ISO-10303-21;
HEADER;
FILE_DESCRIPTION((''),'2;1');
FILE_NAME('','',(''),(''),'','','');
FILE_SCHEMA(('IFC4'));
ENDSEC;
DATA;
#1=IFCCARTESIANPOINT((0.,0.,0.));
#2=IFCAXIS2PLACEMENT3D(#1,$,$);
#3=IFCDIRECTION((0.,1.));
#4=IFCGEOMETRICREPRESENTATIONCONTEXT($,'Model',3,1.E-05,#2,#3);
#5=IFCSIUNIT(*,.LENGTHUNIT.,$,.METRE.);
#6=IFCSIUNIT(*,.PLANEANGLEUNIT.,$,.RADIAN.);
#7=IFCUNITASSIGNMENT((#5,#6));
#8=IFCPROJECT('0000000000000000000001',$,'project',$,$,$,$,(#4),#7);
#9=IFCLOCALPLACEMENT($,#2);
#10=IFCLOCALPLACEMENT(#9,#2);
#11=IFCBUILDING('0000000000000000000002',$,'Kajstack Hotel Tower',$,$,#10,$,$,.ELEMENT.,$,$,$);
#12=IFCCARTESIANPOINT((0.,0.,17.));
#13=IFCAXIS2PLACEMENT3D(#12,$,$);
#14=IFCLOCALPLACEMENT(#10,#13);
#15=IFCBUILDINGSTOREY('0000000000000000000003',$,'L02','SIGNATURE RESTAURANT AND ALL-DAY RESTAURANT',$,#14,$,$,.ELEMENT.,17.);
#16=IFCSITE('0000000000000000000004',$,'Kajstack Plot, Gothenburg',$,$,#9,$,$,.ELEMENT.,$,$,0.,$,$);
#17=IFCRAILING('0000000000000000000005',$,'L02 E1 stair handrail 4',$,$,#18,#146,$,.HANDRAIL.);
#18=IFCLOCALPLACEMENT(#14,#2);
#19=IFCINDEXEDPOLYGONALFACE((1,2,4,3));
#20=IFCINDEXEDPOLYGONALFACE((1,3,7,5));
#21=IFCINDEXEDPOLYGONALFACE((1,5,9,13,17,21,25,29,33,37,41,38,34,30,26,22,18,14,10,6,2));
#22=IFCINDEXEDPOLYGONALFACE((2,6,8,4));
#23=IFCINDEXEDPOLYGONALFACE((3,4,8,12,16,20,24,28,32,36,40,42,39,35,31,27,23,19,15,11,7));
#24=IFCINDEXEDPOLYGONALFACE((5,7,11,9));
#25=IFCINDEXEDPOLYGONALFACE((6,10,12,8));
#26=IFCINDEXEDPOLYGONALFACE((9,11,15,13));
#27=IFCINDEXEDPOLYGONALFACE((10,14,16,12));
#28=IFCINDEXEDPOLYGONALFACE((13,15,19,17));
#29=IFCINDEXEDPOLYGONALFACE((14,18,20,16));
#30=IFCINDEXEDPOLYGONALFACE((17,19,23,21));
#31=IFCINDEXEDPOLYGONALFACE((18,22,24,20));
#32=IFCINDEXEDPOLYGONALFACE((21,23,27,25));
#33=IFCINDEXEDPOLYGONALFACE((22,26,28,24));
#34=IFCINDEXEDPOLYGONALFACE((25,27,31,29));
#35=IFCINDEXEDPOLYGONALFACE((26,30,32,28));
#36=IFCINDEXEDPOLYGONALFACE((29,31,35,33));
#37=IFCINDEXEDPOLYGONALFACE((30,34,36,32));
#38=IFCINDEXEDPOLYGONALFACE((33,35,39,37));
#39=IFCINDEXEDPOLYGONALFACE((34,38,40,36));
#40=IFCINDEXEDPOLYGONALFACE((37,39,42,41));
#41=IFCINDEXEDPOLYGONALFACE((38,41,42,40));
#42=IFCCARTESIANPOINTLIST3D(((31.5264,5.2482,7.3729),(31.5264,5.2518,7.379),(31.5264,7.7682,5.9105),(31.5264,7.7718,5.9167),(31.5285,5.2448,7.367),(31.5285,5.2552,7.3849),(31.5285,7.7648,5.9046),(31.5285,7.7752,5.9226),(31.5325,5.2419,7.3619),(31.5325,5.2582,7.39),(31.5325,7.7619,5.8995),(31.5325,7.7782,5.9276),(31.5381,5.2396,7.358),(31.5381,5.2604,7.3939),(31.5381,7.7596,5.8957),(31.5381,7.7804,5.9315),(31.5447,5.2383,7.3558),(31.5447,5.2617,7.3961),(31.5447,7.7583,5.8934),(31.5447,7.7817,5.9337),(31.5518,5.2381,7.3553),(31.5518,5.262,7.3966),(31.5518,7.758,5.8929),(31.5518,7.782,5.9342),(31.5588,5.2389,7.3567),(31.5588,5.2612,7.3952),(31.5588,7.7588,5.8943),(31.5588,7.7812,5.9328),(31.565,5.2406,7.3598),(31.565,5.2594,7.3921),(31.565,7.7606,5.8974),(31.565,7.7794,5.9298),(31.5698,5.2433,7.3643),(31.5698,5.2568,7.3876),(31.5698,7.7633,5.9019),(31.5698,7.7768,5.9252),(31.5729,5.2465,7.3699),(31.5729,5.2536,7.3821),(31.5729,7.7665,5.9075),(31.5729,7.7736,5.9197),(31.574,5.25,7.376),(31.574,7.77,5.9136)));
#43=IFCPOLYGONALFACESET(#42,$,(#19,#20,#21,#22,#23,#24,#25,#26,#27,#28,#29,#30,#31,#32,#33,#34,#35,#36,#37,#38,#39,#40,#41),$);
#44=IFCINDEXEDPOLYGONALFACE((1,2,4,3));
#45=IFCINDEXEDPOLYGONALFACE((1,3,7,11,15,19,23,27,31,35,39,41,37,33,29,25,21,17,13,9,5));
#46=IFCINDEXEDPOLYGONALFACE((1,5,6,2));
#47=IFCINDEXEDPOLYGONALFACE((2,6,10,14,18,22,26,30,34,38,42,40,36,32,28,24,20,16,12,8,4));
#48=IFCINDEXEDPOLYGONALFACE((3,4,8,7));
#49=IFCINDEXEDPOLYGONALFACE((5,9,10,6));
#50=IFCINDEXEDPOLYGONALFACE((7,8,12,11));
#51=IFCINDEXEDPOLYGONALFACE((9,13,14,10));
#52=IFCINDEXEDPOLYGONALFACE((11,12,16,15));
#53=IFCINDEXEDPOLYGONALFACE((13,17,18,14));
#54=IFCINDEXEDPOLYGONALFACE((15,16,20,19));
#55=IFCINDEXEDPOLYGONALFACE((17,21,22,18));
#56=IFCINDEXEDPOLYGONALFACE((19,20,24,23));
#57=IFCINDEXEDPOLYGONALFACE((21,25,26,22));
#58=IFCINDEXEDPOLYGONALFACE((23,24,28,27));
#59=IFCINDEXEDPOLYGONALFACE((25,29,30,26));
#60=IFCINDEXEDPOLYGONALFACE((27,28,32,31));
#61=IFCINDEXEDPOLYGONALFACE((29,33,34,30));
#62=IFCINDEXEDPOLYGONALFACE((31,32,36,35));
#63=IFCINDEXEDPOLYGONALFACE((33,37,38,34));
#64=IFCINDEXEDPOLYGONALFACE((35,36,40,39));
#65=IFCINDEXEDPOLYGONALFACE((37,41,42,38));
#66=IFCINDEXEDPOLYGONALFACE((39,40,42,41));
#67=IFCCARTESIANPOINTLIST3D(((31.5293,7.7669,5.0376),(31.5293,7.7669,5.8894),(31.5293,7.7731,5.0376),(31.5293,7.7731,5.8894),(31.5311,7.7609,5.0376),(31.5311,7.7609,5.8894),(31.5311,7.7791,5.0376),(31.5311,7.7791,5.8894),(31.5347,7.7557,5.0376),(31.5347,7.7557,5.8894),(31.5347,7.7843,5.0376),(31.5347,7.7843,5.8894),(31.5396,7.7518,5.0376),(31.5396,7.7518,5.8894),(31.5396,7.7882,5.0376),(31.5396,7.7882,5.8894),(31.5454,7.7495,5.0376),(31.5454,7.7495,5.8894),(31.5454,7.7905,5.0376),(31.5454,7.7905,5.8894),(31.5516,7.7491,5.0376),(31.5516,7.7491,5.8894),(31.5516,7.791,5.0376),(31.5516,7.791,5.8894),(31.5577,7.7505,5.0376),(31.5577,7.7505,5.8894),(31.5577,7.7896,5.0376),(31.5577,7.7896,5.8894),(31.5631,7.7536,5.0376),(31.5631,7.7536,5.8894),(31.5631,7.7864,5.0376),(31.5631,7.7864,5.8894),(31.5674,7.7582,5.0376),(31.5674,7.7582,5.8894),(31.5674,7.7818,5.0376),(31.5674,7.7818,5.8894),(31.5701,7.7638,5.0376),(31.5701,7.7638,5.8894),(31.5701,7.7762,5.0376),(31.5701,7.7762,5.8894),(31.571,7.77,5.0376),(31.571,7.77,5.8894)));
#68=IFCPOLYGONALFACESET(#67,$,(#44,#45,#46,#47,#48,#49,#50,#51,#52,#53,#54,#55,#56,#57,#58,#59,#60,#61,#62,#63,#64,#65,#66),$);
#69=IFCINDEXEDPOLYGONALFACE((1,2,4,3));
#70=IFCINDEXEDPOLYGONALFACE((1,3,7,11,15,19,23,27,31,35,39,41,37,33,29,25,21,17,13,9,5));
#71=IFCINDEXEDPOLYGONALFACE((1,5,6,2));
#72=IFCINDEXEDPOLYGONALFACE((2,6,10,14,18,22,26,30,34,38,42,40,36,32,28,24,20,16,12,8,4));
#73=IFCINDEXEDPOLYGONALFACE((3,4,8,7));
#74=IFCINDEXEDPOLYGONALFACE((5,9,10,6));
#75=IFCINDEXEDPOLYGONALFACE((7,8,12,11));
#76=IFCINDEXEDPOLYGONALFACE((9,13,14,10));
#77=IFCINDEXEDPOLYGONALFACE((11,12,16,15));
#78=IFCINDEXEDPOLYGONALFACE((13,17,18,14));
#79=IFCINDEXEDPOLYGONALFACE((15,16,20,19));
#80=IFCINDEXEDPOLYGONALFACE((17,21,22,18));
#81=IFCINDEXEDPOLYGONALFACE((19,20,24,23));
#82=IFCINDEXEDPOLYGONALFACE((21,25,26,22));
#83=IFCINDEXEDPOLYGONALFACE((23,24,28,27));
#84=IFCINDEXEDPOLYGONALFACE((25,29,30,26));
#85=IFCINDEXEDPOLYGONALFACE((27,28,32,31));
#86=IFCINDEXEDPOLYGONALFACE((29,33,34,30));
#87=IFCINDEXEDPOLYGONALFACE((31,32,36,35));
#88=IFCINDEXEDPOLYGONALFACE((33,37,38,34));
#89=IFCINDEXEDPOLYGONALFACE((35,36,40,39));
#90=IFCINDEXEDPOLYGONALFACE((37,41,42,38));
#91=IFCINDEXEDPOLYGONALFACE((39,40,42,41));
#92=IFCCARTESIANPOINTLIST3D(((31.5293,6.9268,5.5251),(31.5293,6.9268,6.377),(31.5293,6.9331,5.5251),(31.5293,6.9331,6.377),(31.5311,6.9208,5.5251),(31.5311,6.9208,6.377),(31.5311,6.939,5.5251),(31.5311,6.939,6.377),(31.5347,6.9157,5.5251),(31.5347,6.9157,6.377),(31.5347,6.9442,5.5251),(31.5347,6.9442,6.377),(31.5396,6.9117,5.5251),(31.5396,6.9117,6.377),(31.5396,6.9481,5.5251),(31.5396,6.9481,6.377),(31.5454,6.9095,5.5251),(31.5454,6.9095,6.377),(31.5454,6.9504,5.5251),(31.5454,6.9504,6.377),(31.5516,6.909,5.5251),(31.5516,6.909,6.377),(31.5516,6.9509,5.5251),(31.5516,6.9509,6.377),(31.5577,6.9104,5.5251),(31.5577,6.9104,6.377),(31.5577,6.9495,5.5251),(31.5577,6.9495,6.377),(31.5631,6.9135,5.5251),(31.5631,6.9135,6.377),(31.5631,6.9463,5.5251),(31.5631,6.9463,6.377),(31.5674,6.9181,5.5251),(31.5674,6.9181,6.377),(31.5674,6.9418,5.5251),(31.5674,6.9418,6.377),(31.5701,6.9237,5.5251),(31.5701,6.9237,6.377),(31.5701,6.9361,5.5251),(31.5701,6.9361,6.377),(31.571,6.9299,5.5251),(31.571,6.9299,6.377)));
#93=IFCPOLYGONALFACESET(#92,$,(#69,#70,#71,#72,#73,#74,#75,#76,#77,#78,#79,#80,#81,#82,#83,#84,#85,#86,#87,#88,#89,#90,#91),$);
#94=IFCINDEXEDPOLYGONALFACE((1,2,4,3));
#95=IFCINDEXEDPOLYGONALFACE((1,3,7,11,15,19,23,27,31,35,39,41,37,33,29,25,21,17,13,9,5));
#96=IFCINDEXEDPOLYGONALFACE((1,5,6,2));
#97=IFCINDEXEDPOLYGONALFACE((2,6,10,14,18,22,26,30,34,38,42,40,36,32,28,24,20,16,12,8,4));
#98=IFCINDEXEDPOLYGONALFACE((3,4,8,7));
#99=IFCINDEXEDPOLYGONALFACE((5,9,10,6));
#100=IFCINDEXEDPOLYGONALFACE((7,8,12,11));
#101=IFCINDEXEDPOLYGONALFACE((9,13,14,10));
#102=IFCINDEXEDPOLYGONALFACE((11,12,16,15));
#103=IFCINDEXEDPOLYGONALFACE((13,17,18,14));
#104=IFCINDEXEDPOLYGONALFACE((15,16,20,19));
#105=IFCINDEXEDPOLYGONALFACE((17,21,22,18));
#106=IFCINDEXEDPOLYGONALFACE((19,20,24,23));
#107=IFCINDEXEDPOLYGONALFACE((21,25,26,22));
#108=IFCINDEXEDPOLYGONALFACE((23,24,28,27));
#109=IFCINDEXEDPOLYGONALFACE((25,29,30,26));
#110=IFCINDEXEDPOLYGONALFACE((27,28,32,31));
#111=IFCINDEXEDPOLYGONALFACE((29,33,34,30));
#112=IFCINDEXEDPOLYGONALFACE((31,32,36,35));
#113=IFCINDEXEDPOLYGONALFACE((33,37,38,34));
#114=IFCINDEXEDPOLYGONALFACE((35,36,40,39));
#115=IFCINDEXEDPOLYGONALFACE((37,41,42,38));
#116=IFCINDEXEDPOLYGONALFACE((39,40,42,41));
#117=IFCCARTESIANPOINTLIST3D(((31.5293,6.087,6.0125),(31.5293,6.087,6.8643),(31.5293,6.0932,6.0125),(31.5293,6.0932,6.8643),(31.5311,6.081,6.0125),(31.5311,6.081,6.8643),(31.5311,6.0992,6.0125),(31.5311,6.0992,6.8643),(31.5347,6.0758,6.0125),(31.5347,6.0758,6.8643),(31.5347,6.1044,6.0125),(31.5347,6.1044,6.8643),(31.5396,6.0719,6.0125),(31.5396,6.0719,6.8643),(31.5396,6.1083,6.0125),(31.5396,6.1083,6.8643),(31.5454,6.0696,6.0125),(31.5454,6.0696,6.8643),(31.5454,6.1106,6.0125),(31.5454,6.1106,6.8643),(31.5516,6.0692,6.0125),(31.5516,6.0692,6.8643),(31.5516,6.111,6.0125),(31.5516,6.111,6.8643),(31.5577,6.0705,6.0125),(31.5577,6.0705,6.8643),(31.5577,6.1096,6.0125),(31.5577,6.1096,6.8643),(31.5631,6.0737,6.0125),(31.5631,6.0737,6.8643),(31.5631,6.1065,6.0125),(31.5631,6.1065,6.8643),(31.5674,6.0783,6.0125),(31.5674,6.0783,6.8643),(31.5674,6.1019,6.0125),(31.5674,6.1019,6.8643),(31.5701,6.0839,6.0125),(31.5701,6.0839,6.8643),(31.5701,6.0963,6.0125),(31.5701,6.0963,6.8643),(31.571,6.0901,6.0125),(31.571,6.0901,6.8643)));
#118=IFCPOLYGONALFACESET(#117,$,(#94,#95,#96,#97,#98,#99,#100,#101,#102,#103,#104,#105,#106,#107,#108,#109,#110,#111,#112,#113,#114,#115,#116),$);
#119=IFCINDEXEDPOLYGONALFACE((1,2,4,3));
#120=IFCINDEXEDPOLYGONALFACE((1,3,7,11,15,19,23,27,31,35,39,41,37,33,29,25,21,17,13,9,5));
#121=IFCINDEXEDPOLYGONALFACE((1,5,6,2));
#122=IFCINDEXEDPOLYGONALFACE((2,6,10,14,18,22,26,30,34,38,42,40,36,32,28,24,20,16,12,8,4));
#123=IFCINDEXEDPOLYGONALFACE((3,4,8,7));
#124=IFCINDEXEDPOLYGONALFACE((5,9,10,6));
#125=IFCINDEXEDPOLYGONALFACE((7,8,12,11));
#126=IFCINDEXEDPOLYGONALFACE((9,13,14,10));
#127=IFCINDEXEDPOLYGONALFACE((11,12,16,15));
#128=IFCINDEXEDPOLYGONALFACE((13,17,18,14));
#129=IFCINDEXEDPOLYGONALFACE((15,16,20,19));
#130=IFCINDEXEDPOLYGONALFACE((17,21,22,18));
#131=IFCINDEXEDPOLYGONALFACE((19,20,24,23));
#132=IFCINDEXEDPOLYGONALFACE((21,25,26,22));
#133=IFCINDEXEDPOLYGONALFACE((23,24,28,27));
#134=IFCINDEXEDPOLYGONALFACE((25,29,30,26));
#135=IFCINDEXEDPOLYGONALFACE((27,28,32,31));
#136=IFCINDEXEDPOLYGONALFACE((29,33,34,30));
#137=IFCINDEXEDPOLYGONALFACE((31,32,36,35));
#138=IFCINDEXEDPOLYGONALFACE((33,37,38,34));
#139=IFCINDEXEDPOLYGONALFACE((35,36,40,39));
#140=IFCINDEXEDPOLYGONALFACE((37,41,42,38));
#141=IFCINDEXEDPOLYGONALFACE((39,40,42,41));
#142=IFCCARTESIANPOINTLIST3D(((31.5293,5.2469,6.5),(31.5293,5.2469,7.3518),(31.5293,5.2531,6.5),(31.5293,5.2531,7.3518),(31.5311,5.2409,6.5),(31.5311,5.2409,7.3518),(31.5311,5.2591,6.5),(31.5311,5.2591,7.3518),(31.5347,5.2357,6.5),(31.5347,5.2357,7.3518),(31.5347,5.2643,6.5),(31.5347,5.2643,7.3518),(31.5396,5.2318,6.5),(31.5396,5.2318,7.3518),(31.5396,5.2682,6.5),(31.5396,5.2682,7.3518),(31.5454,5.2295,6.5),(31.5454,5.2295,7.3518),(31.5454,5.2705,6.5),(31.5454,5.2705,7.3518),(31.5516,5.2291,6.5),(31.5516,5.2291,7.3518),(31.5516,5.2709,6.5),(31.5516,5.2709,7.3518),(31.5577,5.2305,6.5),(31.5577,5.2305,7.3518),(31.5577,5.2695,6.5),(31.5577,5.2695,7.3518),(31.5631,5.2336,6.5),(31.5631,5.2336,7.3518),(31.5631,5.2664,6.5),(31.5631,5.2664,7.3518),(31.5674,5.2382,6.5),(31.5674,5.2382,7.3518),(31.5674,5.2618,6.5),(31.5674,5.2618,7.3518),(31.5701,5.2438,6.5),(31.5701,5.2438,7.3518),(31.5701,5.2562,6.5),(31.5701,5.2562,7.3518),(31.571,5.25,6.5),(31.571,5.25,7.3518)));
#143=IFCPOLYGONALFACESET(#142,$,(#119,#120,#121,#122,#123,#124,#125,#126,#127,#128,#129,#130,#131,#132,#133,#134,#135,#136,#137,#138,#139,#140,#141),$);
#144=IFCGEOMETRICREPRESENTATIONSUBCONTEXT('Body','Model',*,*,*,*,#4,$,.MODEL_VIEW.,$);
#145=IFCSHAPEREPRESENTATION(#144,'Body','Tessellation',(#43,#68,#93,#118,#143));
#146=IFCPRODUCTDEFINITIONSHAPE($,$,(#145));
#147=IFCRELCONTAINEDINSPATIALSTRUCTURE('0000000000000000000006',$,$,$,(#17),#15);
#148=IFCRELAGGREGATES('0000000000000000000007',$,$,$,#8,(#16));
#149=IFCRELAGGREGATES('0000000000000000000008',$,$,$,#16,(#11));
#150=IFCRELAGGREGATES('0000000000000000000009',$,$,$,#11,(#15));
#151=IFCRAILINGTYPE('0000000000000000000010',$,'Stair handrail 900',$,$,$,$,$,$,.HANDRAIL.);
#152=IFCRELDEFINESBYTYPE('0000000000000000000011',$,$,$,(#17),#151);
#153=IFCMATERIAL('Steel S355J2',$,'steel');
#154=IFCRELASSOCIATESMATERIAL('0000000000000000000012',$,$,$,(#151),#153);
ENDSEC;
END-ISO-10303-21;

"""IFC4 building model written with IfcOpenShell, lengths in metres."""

from ifc_helpers import new_model, si_unit, direction, frame, origin, origin_2d, place, context, subcontext, project, spatial, circle, extrude, material, type_object, element, save


model = new_model("IFC4")

# Units and contexts
model_context = context("Model", 3, precision=1e-05, world=origin(), true_north=direction((0.0, 1.0)))
body_context = subcontext(model_context, "Body", "Model", "MODEL_VIEW")
ifc_project = project(units=[si_unit("LENGTHUNIT", "METRE"), si_unit("PLANEANGLEUNIT", "RADIAN")], contexts=[model_context])

# Site, building, storey
site_placement = place(None, origin())
site = spatial("IfcSite", under=ifc_project, at=site_placement, Name="Kajstack Plot, Gothenburg", CompositionType="ELEMENT", RefElevation=0.0)
building_placement = place(site_placement, origin())
building = spatial("IfcBuilding", under=site, at=building_placement, Name="Kajstack Hotel Tower", CompositionType="ELEMENT")
storey_placement = place(building_placement, frame((0.0, 0.0, 17.0)))
storey = spatial("IfcBuildingStorey", under=building, at=storey_placement, Name="L02", Description="SIGNATURE RESTAURANT AND ALL-DAY RESTAURANT", CompositionType="ELEMENT", Elevation=17.0)

# Railing
ifc_material_1 = material(Name="Steel S355J2", Category="steel")
railing_type_1 = type_object("IfcRailingType", Name="Stair handrail 900", PredefinedType="HANDRAIL", material=ifc_material_1)
for number, where, name in (
    (1, (31.55, 7.77, 5.0376), "L02 E1 stair handrail 4"),
):
    element("IfcRailing", number, at=place(storey_placement, frame(where)), inside=storey, type_object=railing_type_1, Name=name, PredefinedType="HANDRAIL", context=body_context, shape_type="SweptSolid", body=[
        extrude(circle(Radius=0.0239, at=origin_2d()), frame((0.0, 0.0, 0.876), z_axis=(0.0, -0.864913, 0.501921), x_axis=(1.0, 0.0, 0.0)), (0.0, 0.0, 1.0), 2.9136),
        extrude(circle(Radius=0.021, at=origin_2d()), origin(), (0.0, 0.0, 1.0), 0.8518),
        extrude(circle(Radius=0.021, at=origin_2d()), frame((0.0, -0.8401, 0.4875)), (0.0, 0.0, 1.0), 0.8518),
        extrude(circle(Radius=0.021, at=origin_2d()), frame((0.0, -1.6799, 0.9749)), (0.0, 0.0, 1.0), 0.8518),
        extrude(circle(Radius=0.021, at=origin_2d()), frame((0.0, -2.52, 1.4624)), (0.0, 0.0, 1.0), 0.8518),
    ])

save(model, "model.ifc")
